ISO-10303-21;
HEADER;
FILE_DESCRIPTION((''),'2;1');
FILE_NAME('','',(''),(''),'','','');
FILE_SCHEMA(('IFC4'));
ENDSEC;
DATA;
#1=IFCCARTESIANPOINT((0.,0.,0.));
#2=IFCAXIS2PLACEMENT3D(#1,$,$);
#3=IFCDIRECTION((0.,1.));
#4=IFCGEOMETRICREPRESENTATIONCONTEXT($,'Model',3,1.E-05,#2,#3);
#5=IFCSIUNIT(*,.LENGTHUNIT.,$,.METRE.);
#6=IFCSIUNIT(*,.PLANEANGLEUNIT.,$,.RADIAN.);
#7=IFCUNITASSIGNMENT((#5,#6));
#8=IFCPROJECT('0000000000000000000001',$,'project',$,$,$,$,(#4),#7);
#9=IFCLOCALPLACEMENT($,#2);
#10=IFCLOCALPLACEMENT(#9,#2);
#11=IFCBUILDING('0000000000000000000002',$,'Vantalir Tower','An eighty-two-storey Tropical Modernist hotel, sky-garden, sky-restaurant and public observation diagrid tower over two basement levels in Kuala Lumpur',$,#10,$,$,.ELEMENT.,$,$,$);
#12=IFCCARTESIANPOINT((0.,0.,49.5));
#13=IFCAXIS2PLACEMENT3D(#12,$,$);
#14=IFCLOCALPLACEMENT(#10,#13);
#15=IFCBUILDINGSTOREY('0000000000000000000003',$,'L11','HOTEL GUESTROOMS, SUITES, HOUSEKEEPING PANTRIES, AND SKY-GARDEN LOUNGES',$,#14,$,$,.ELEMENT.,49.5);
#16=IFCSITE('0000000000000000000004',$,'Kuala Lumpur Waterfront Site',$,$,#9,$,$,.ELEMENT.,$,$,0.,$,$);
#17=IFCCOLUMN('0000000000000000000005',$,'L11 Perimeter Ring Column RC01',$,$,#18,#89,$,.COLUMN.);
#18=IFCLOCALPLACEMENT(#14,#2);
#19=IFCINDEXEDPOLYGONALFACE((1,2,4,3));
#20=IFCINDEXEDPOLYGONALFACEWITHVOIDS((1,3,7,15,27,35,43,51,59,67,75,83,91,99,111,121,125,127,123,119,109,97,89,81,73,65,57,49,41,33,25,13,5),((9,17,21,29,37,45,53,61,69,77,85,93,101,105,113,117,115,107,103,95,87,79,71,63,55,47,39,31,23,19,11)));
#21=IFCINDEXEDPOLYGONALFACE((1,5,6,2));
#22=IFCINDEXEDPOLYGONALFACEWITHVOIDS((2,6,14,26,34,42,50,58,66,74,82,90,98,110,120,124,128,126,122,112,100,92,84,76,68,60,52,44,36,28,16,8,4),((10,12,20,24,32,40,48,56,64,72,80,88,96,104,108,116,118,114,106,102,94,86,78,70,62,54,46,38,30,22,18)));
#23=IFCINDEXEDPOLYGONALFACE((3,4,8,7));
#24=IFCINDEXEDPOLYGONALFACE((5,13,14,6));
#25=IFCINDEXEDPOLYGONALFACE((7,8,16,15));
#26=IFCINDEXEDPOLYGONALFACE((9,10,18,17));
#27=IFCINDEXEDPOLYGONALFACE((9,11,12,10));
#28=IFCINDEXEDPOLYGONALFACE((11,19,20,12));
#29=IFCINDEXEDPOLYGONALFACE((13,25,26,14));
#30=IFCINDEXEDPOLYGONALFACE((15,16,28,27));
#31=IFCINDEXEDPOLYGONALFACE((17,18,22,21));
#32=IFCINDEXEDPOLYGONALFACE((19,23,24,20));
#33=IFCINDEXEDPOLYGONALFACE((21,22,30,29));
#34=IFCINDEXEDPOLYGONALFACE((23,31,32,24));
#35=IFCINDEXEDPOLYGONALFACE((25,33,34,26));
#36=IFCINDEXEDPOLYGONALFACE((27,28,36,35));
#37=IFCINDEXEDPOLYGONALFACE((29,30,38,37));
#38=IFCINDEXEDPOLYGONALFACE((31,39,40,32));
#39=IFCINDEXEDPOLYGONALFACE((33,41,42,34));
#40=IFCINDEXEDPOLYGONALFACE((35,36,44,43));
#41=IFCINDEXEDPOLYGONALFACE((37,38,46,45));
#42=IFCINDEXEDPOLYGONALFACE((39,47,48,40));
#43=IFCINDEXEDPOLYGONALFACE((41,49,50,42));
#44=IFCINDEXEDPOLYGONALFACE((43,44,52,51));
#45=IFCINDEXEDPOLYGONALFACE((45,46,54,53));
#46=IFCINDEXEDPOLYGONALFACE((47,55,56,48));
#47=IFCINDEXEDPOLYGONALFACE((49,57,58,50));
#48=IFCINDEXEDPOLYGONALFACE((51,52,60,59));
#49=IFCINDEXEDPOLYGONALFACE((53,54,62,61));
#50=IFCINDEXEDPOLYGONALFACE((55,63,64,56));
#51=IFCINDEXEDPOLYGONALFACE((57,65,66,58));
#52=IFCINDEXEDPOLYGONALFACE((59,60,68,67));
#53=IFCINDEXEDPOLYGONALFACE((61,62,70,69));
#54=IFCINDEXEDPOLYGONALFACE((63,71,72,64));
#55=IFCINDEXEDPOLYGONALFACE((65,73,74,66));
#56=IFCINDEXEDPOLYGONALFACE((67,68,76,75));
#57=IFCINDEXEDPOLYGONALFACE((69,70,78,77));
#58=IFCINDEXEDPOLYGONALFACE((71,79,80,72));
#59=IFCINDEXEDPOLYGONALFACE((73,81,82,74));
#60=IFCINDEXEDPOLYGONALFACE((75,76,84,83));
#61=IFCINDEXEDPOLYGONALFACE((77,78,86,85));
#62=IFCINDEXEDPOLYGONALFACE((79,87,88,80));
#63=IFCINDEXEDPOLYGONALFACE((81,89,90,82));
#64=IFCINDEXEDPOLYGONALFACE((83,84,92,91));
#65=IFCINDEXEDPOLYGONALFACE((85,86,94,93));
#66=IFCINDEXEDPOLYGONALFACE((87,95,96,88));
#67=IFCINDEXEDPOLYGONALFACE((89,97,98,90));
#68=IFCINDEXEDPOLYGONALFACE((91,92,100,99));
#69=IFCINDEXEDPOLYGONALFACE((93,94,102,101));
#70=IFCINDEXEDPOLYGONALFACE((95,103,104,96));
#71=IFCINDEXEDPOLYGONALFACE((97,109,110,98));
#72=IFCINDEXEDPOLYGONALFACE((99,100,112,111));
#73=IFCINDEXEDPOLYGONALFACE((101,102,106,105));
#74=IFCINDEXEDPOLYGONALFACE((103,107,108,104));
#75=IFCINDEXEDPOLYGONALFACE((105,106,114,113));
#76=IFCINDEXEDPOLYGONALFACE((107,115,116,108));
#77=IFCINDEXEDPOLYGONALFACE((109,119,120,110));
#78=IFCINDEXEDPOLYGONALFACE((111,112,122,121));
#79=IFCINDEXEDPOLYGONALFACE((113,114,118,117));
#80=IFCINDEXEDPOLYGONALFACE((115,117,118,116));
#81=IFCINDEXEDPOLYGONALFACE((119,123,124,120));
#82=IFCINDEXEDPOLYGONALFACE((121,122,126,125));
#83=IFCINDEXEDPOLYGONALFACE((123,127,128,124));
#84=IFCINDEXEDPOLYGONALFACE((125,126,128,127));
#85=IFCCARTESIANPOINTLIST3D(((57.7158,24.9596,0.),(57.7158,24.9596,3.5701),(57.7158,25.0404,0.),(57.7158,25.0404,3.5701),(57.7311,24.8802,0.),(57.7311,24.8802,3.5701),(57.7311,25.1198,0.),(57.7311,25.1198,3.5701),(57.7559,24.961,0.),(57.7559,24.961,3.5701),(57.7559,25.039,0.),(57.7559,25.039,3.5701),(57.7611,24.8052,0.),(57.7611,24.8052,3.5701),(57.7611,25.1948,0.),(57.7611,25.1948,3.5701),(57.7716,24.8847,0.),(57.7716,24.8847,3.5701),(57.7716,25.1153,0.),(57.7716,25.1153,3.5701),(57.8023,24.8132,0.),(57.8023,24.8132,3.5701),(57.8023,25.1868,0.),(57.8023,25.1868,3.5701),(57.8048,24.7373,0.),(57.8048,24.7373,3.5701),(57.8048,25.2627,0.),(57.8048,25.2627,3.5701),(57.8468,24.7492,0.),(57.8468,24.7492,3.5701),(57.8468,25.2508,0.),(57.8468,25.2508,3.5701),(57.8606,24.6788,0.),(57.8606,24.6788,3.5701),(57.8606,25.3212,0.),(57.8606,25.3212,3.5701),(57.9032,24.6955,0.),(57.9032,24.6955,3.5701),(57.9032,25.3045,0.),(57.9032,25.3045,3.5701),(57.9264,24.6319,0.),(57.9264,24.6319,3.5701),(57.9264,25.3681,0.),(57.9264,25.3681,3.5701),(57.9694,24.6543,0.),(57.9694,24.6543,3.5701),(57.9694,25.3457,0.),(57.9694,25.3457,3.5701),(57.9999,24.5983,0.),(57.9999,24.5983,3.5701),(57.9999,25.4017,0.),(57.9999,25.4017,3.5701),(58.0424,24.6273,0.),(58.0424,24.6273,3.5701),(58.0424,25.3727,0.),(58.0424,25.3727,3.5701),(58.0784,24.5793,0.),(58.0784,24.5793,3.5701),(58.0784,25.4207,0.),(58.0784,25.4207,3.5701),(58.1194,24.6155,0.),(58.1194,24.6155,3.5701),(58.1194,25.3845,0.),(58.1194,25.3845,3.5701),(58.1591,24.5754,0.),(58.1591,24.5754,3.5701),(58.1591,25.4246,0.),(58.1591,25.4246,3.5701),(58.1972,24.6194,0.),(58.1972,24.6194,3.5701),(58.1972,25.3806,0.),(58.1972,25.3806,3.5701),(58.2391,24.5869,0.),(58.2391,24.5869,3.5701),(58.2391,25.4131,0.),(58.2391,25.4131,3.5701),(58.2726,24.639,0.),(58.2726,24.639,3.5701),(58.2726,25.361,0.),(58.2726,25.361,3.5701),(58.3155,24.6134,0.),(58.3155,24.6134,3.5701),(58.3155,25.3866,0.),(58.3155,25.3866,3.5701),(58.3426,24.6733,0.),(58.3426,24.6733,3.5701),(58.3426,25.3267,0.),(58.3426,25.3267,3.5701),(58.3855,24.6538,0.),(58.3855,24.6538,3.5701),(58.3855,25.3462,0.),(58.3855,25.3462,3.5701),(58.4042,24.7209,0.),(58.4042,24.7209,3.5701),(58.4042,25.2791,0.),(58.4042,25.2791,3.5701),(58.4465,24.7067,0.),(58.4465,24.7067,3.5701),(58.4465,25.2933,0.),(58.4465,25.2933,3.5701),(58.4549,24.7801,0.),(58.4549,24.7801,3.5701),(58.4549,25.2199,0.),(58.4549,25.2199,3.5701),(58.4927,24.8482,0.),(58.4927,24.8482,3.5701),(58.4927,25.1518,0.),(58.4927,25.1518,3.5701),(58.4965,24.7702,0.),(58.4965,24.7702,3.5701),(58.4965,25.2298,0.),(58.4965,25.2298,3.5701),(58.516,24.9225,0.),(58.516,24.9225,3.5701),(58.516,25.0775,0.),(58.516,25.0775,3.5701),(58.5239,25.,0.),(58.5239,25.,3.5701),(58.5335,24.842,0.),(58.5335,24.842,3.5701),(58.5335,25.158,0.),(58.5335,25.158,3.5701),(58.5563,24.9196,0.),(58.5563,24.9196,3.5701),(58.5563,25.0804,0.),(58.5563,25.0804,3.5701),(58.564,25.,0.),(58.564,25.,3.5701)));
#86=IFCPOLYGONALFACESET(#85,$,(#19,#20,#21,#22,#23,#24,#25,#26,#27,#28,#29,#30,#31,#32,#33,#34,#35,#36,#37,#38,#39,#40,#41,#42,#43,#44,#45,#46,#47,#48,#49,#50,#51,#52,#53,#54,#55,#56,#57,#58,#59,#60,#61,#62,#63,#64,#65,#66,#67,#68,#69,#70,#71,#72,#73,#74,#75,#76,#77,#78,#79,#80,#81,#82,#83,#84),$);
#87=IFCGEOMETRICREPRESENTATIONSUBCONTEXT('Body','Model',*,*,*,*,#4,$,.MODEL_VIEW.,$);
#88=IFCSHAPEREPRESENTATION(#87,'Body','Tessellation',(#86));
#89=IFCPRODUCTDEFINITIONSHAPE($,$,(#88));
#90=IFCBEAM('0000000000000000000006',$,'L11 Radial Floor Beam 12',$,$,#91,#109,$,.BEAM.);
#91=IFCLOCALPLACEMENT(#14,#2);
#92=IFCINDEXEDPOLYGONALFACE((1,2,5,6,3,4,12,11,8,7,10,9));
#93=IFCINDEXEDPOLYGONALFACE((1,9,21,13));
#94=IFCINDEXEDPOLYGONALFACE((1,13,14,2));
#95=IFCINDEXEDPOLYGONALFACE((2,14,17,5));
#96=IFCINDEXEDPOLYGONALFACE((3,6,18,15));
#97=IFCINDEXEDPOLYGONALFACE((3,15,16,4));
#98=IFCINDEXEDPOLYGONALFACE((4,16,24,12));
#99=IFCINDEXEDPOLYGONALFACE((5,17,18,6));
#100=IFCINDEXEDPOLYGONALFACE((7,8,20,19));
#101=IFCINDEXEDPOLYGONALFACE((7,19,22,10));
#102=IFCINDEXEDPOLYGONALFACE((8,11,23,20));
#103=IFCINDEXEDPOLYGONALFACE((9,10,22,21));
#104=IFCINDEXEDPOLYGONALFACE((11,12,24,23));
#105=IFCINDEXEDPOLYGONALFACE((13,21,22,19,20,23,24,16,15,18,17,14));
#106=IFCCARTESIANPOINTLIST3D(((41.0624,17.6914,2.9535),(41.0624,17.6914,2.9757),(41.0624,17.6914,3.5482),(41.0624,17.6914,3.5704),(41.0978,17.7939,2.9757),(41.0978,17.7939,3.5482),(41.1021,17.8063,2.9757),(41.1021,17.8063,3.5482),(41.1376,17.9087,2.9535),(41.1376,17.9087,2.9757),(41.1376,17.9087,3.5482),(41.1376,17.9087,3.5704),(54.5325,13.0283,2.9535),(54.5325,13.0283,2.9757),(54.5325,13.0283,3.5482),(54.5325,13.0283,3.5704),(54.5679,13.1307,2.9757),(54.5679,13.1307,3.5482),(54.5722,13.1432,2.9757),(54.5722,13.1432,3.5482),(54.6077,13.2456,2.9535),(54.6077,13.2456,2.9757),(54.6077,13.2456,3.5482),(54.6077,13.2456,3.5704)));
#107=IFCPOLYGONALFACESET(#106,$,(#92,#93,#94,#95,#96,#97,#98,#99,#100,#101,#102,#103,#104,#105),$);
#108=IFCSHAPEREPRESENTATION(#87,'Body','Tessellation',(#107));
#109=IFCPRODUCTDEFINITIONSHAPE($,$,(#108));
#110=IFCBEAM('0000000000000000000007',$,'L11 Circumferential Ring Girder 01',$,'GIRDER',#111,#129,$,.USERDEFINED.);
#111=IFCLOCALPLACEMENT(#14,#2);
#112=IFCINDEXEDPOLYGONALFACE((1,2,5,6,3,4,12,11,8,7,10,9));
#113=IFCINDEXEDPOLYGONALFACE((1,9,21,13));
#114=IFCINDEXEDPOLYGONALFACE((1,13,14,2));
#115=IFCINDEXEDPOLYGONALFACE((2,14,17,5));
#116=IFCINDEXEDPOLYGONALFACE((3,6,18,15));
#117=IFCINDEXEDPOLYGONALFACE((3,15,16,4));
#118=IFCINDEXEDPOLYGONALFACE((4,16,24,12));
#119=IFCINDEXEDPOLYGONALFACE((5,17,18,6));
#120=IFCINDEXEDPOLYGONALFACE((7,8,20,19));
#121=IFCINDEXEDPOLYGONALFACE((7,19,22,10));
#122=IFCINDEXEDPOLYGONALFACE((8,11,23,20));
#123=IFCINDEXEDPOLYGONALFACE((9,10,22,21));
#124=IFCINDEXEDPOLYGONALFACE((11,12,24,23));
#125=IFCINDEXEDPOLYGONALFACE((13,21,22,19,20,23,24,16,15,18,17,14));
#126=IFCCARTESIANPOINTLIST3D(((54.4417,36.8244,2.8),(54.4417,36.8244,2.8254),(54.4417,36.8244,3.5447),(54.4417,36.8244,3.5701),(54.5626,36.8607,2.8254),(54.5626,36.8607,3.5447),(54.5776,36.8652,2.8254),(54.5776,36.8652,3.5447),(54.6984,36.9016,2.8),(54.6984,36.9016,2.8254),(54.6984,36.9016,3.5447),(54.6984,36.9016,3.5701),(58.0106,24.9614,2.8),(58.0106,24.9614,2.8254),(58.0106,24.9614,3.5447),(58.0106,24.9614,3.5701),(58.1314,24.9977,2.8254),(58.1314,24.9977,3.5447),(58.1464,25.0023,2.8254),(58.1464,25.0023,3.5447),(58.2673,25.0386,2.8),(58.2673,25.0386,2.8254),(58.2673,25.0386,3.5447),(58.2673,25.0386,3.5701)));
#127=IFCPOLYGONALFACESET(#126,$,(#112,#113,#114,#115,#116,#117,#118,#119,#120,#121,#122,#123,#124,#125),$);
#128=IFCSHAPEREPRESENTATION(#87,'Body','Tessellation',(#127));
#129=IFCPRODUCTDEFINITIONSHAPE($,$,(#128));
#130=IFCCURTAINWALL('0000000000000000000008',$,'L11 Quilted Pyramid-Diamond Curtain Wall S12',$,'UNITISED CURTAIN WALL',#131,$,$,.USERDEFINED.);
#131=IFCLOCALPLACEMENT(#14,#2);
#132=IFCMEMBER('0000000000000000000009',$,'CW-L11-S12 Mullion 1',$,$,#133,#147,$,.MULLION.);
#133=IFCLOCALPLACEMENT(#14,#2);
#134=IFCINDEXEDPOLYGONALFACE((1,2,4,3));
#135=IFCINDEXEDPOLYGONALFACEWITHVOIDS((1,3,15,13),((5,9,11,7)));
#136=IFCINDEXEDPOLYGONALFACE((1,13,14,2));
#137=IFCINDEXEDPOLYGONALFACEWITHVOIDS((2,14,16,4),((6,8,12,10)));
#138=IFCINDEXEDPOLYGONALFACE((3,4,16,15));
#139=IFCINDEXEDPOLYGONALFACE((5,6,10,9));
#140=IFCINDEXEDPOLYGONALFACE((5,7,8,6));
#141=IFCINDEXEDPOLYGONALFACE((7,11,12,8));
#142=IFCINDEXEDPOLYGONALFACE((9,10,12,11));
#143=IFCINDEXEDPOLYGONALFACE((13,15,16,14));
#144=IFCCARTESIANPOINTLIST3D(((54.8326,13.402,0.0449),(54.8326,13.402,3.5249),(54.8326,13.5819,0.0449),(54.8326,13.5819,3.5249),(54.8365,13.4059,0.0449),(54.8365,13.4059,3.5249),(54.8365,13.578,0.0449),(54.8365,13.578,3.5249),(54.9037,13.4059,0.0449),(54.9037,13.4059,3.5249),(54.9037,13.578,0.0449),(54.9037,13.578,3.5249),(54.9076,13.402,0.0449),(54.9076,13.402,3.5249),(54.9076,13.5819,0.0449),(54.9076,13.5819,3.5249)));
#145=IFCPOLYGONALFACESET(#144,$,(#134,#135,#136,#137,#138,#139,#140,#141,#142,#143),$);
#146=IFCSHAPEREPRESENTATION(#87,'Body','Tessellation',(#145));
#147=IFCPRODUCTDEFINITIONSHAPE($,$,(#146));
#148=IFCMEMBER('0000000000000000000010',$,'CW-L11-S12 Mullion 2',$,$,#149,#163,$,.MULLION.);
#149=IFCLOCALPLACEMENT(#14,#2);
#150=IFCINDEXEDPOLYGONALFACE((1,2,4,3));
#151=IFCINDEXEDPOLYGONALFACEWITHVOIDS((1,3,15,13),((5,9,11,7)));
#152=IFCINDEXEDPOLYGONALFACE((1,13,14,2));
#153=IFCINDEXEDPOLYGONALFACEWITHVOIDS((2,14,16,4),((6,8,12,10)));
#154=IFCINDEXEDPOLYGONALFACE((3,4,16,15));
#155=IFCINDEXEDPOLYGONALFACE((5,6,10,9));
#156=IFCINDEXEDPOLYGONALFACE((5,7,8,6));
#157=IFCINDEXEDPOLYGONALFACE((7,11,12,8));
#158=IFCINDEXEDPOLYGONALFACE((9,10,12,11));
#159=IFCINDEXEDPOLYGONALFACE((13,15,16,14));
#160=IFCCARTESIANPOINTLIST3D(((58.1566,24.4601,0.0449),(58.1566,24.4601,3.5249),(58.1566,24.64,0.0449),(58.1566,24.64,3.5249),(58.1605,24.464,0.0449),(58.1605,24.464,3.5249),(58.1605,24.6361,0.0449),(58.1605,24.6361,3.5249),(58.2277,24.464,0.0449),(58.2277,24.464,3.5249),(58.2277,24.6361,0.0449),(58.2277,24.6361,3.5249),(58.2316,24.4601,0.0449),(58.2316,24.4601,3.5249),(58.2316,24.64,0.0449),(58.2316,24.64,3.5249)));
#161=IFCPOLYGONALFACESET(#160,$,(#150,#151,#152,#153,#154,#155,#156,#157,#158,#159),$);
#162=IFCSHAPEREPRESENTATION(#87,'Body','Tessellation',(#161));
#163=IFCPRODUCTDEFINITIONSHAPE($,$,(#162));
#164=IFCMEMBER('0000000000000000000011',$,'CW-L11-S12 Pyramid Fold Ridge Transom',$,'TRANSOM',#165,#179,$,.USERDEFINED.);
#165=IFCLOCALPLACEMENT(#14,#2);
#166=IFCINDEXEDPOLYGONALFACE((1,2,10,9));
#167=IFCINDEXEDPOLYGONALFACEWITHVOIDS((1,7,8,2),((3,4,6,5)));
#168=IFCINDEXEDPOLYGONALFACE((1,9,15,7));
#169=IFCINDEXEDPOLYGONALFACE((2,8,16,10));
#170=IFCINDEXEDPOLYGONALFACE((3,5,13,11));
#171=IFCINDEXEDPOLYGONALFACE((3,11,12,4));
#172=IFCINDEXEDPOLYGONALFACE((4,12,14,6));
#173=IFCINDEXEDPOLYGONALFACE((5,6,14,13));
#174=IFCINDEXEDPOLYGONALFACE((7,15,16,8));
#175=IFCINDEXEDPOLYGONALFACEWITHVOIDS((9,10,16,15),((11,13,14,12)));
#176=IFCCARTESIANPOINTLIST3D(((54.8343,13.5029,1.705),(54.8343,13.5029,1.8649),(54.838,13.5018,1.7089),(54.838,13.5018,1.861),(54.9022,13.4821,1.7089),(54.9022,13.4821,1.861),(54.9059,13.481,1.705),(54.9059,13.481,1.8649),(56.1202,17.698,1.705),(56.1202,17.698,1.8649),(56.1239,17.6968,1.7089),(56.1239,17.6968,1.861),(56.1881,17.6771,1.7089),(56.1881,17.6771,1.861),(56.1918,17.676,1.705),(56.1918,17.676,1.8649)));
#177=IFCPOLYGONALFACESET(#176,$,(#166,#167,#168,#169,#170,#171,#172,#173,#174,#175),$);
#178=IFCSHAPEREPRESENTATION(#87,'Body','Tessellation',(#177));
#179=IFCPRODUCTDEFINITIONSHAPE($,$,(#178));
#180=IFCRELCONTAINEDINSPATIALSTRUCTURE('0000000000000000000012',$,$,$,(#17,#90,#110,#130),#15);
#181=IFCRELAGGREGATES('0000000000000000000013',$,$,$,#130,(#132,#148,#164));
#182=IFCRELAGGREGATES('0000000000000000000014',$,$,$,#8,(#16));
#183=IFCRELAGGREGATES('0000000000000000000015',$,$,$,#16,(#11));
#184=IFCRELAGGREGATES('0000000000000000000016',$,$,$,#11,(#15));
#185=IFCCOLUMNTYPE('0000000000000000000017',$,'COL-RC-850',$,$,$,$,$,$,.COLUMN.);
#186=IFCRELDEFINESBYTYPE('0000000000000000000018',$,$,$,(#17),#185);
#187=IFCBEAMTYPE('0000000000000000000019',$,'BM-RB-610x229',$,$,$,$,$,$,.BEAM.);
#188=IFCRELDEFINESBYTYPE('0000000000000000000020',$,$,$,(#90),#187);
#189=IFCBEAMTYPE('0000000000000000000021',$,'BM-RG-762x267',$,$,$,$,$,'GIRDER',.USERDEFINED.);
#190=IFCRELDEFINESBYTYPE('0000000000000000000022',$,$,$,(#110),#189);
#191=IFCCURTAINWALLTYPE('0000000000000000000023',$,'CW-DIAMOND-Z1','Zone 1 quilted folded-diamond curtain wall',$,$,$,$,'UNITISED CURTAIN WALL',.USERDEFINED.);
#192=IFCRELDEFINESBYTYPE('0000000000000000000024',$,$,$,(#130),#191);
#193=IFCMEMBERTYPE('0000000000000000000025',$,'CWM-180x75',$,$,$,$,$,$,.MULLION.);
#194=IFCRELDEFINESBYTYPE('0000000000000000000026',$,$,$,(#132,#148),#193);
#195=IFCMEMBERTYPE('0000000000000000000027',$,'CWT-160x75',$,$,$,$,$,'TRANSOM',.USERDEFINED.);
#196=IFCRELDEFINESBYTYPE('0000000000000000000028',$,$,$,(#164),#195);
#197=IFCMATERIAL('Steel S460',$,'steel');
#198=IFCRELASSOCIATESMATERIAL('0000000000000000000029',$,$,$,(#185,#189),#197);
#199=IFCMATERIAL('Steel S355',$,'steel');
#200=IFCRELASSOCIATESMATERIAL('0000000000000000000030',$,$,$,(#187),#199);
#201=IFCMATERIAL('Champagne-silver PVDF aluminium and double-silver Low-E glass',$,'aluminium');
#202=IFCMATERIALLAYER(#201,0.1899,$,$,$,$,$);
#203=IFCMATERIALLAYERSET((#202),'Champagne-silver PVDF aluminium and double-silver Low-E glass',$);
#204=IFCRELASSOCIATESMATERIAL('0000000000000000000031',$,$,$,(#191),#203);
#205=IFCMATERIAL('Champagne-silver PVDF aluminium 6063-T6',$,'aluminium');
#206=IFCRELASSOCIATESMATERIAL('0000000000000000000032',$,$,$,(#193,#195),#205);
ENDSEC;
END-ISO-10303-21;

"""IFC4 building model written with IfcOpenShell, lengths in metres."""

from ifc_helpers import new_model, si_unit, direction, frame, origin, origin_2d, place, context, subcontext, project, spatial, hollow_rectangle, hollow_circle, i_section, extrude, material, layer, layer_set, material_profile, profile_set, type_object, element, aggregate, save


model = new_model("IFC4")

# Units and contexts
model_context = context("Model", 3, precision=1e-05, world=origin(), true_north=direction((0.0, 1.0)))
body_context = subcontext(model_context, "Body", "Model", "MODEL_VIEW")
ifc_project = project(units=[si_unit("LENGTHUNIT", "METRE"), si_unit("PLANEANGLEUNIT", "RADIAN")], contexts=[model_context])

# Site, building, storey
site_placement = place(None, origin())
site = spatial("IfcSite", under=ifc_project, at=site_placement, Name="Kuala Lumpur Waterfront Site", CompositionType="ELEMENT", RefElevation=0.0)
building_placement = place(site_placement, origin())
building = spatial("IfcBuilding", under=site, at=building_placement, Name="Vantalir Tower", Description="An eighty-two-storey Tropical Modernist hotel, sky-garden, sky-restaurant and public observation diagrid tower over two basement levels in Kuala Lumpur", CompositionType="ELEMENT")
storey_placement = place(building_placement, frame((0.0, 0.0, 49.5)))
storey = spatial("IfcBuildingStorey", under=building, at=storey_placement, Name="L11", Description="HOTEL GUESTROOMS, SUITES, HOUSEKEEPING PANTRIES, AND SKY-GARDEN LOUNGES", CompositionType="ELEMENT", Elevation=49.5)

# Column
ifc_material_1 = material(Name="Steel S460", Category="steel")
ifc_material_profile_1 = material_profile(ifc_material_1, hollow_circle(Radius=0.425, WallThickness=0.04, at=origin_2d()), Name="Steel S460")
ifc_profile_set_1 = profile_set([ifc_material_profile_1], Name="Steel S460")
column_type = type_object("IfcColumnType", Name="COL-RC-850", PredefinedType="COLUMN", material=ifc_profile_set_1)
column_placement = place(storey_placement, frame((58.1389, 25.0, 0.0), z_axis=(0.0, 0.0, 1.0), x_axis=(1.0, 0.0, 0.0)))
element("IfcColumn", 1, at=column_placement, inside=storey, type_object=column_type, Name="L11 Perimeter Ring Column RC01", PredefinedType="COLUMN", context=body_context, shape_type="SweptSolid", body=[
    extrude(hollow_circle(Radius=0.425, WallThickness=0.04, at=origin_2d()), origin(), (0.0, 0.0, 1.0), 3.5701),
])

# Beams
ifc_material_2 = material(Name="Steel S355", Category="steel")
ifc_material_profile_2 = material_profile(ifc_material_2, i_section(OverallWidth=0.23, OverallDepth=0.6169, WebThickness=0.0132, FlangeThickness=0.0222, at=origin_2d()), Name="Steel S355")
ifc_profile_set_2 = profile_set([ifc_material_profile_2], Name="Steel S355")
beam_type_1 = type_object("IfcBeamType", Name="BM-RB-610x229", PredefinedType="BEAM", material=ifc_profile_set_2)
beam_1_placement = place(storey_placement, frame((54.5701, 13.137, 3.262), z_axis=(-0.944977, 0.327136, 0.0), x_axis=(-0.327136, -0.944977, 0.0)))
element("IfcBeam", 2, at=beam_1_placement, inside=storey, type_object=beam_type_1, Name="L11 Radial Floor Beam 12", PredefinedType="BEAM", context=body_context, shape_type="SweptSolid", body=[
    extrude(i_section(OverallWidth=0.23, OverallDepth=0.6169, WebThickness=0.0132, FlangeThickness=0.0222, at=origin_2d()), origin(), (0.0, 0.0, 1.0), 14.2544),
])
ifc_material_profile_3 = material_profile(ifc_material_1, i_section(OverallWidth=0.2681, OverallDepth=0.77, WebThickness=0.0156, FlangeThickness=0.0254, at=origin_2d()), Name="Steel S460")
ifc_profile_set_3 = profile_set([ifc_material_profile_3], Name="Steel S460")
beam_type_2 = type_object("IfcBeamType", Name="BM-RG-762x267", ElementType="GIRDER", PredefinedType="USERDEFINED", material=ifc_profile_set_3)
beam_2_placement = place(storey_placement, frame((58.1389, 25.0, 3.1851), z_axis=(-0.288084, 0.957605, 0.0), x_axis=(-0.957605, -0.288084, 0.0)))
element("IfcBeam", 3, at=beam_2_placement, inside=storey, type_object=beam_type_2, Name="L11 Circumferential Ring Girder 01", ObjectType="GIRDER", PredefinedType="USERDEFINED", context=body_context, shape_type="SweptSolid", body=[
    extrude(i_section(OverallWidth=0.2681, OverallDepth=0.77, WebThickness=0.0156, FlangeThickness=0.0254, at=origin_2d()), origin(), (0.0, 0.0, 1.0), 12.3882),
])

# Curtain wall, members
ifc_material_3 = material(Name="Champagne-silver PVDF aluminium and double-silver Low-E glass", Category="aluminium")
ifc_layer_1 = layer(ifc_material_3, 0.1899)
ifc_layer_set_1 = layer_set([ifc_layer_1], Name="Champagne-silver PVDF aluminium and double-silver Low-E glass")
curtain_wall_type = type_object("IfcCurtainWallType", Name="CW-DIAMOND-Z1", Description="Zone 1 quilted folded-diamond curtain wall", ElementType="UNITISED CURTAIN WALL", PredefinedType="USERDEFINED", material=ifc_layer_set_1)
curtain_wall_placement = place(storey_placement, origin())
curtain_wall = element("IfcCurtainWall", 4, at=curtain_wall_placement, inside=storey, type_object=curtain_wall_type, Name="L11 Quilted Pyramid-Diamond Curtain Wall S12", ObjectType="UNITISED CURTAIN WALL", PredefinedType="USERDEFINED")
ifc_material_4 = material(Name="Champagne-silver PVDF aluminium 6063-T6", Category="aluminium")
ifc_material_profile_4 = material_profile(ifc_material_4, hollow_rectangle(XDim=0.075, YDim=0.1799, WallThickness=0.0039, at=origin_2d()), Name="Champagne-silver PVDF aluminium 6063-T6")
ifc_profile_set_4 = profile_set([ifc_material_profile_4], Name="Champagne-silver PVDF aluminium 6063-T6")
member_type_1 = type_object("IfcMemberType", Name="CWM-180x75", PredefinedType="MULLION", material=ifc_profile_set_4)
member_1_placement = place(storey_placement, frame((54.8701, 13.4919, 0.0449), z_axis=(0.0, 0.0, 1.0), x_axis=(1.0, 0.0, 0.0)))
member_1 = element("IfcMember", 5, at=member_1_placement, type_object=member_type_1, Name="CW-L11-S12 Mullion 1", PredefinedType="MULLION", context=body_context, shape_type="SweptSolid", body=[
    extrude(hollow_rectangle(XDim=0.075, YDim=0.1799, WallThickness=0.0039, at=origin_2d()), origin(), (0.0, 0.0, 1.0), 3.48),
])
member_2_placement = place(storey_placement, frame((58.1941, 24.55, 0.0449), z_axis=(0.0, 0.0, 1.0), x_axis=(1.0, 0.0, 0.0)))
member_2 = element("IfcMember", 6, at=member_2_placement, type_object=member_type_1, Name="CW-L11-S12 Mullion 2", PredefinedType="MULLION", context=body_context, shape_type="SweptSolid", body=[
    extrude(hollow_rectangle(XDim=0.075, YDim=0.1799, WallThickness=0.0039, at=origin_2d()), origin(), (0.0, 0.0, 1.0), 3.48),
])
ifc_material_profile_5 = material_profile(ifc_material_4, hollow_rectangle(XDim=0.075, YDim=0.1599, WallThickness=0.0039, at=origin_2d()), Name="Champagne-silver PVDF aluminium 6063-T6")
ifc_profile_set_5 = profile_set([ifc_material_profile_5], Name="Champagne-silver PVDF aluminium 6063-T6")
member_type_2 = type_object("IfcMemberType", Name="CWT-160x75", ElementType="TRANSOM", PredefinedType="USERDEFINED", material=ifc_profile_set_5)
member_3_placement = place(storey_placement, frame((54.8701, 13.4919, 1.7849), z_axis=(0.293065, 0.956092, 0.0), x_axis=(-0.956092, 0.293065, 0.0)))
member_3 = element("IfcMember", 7, at=member_3_placement, type_object=member_type_2, Name="CW-L11-S12 Pyramid Fold Ridge Transom", ObjectType="TRANSOM", PredefinedType="USERDEFINED", context=body_context, shape_type="SweptSolid", body=[
    extrude(hollow_rectangle(XDim=0.075, YDim=0.1599, WallThickness=0.0039, at=origin_2d()), origin(), (0.0, 0.0, 1.0), 4.3877),
])

aggregate(curtain_wall, [member_1, member_2, member_3])

save(model, "model.ifc")
